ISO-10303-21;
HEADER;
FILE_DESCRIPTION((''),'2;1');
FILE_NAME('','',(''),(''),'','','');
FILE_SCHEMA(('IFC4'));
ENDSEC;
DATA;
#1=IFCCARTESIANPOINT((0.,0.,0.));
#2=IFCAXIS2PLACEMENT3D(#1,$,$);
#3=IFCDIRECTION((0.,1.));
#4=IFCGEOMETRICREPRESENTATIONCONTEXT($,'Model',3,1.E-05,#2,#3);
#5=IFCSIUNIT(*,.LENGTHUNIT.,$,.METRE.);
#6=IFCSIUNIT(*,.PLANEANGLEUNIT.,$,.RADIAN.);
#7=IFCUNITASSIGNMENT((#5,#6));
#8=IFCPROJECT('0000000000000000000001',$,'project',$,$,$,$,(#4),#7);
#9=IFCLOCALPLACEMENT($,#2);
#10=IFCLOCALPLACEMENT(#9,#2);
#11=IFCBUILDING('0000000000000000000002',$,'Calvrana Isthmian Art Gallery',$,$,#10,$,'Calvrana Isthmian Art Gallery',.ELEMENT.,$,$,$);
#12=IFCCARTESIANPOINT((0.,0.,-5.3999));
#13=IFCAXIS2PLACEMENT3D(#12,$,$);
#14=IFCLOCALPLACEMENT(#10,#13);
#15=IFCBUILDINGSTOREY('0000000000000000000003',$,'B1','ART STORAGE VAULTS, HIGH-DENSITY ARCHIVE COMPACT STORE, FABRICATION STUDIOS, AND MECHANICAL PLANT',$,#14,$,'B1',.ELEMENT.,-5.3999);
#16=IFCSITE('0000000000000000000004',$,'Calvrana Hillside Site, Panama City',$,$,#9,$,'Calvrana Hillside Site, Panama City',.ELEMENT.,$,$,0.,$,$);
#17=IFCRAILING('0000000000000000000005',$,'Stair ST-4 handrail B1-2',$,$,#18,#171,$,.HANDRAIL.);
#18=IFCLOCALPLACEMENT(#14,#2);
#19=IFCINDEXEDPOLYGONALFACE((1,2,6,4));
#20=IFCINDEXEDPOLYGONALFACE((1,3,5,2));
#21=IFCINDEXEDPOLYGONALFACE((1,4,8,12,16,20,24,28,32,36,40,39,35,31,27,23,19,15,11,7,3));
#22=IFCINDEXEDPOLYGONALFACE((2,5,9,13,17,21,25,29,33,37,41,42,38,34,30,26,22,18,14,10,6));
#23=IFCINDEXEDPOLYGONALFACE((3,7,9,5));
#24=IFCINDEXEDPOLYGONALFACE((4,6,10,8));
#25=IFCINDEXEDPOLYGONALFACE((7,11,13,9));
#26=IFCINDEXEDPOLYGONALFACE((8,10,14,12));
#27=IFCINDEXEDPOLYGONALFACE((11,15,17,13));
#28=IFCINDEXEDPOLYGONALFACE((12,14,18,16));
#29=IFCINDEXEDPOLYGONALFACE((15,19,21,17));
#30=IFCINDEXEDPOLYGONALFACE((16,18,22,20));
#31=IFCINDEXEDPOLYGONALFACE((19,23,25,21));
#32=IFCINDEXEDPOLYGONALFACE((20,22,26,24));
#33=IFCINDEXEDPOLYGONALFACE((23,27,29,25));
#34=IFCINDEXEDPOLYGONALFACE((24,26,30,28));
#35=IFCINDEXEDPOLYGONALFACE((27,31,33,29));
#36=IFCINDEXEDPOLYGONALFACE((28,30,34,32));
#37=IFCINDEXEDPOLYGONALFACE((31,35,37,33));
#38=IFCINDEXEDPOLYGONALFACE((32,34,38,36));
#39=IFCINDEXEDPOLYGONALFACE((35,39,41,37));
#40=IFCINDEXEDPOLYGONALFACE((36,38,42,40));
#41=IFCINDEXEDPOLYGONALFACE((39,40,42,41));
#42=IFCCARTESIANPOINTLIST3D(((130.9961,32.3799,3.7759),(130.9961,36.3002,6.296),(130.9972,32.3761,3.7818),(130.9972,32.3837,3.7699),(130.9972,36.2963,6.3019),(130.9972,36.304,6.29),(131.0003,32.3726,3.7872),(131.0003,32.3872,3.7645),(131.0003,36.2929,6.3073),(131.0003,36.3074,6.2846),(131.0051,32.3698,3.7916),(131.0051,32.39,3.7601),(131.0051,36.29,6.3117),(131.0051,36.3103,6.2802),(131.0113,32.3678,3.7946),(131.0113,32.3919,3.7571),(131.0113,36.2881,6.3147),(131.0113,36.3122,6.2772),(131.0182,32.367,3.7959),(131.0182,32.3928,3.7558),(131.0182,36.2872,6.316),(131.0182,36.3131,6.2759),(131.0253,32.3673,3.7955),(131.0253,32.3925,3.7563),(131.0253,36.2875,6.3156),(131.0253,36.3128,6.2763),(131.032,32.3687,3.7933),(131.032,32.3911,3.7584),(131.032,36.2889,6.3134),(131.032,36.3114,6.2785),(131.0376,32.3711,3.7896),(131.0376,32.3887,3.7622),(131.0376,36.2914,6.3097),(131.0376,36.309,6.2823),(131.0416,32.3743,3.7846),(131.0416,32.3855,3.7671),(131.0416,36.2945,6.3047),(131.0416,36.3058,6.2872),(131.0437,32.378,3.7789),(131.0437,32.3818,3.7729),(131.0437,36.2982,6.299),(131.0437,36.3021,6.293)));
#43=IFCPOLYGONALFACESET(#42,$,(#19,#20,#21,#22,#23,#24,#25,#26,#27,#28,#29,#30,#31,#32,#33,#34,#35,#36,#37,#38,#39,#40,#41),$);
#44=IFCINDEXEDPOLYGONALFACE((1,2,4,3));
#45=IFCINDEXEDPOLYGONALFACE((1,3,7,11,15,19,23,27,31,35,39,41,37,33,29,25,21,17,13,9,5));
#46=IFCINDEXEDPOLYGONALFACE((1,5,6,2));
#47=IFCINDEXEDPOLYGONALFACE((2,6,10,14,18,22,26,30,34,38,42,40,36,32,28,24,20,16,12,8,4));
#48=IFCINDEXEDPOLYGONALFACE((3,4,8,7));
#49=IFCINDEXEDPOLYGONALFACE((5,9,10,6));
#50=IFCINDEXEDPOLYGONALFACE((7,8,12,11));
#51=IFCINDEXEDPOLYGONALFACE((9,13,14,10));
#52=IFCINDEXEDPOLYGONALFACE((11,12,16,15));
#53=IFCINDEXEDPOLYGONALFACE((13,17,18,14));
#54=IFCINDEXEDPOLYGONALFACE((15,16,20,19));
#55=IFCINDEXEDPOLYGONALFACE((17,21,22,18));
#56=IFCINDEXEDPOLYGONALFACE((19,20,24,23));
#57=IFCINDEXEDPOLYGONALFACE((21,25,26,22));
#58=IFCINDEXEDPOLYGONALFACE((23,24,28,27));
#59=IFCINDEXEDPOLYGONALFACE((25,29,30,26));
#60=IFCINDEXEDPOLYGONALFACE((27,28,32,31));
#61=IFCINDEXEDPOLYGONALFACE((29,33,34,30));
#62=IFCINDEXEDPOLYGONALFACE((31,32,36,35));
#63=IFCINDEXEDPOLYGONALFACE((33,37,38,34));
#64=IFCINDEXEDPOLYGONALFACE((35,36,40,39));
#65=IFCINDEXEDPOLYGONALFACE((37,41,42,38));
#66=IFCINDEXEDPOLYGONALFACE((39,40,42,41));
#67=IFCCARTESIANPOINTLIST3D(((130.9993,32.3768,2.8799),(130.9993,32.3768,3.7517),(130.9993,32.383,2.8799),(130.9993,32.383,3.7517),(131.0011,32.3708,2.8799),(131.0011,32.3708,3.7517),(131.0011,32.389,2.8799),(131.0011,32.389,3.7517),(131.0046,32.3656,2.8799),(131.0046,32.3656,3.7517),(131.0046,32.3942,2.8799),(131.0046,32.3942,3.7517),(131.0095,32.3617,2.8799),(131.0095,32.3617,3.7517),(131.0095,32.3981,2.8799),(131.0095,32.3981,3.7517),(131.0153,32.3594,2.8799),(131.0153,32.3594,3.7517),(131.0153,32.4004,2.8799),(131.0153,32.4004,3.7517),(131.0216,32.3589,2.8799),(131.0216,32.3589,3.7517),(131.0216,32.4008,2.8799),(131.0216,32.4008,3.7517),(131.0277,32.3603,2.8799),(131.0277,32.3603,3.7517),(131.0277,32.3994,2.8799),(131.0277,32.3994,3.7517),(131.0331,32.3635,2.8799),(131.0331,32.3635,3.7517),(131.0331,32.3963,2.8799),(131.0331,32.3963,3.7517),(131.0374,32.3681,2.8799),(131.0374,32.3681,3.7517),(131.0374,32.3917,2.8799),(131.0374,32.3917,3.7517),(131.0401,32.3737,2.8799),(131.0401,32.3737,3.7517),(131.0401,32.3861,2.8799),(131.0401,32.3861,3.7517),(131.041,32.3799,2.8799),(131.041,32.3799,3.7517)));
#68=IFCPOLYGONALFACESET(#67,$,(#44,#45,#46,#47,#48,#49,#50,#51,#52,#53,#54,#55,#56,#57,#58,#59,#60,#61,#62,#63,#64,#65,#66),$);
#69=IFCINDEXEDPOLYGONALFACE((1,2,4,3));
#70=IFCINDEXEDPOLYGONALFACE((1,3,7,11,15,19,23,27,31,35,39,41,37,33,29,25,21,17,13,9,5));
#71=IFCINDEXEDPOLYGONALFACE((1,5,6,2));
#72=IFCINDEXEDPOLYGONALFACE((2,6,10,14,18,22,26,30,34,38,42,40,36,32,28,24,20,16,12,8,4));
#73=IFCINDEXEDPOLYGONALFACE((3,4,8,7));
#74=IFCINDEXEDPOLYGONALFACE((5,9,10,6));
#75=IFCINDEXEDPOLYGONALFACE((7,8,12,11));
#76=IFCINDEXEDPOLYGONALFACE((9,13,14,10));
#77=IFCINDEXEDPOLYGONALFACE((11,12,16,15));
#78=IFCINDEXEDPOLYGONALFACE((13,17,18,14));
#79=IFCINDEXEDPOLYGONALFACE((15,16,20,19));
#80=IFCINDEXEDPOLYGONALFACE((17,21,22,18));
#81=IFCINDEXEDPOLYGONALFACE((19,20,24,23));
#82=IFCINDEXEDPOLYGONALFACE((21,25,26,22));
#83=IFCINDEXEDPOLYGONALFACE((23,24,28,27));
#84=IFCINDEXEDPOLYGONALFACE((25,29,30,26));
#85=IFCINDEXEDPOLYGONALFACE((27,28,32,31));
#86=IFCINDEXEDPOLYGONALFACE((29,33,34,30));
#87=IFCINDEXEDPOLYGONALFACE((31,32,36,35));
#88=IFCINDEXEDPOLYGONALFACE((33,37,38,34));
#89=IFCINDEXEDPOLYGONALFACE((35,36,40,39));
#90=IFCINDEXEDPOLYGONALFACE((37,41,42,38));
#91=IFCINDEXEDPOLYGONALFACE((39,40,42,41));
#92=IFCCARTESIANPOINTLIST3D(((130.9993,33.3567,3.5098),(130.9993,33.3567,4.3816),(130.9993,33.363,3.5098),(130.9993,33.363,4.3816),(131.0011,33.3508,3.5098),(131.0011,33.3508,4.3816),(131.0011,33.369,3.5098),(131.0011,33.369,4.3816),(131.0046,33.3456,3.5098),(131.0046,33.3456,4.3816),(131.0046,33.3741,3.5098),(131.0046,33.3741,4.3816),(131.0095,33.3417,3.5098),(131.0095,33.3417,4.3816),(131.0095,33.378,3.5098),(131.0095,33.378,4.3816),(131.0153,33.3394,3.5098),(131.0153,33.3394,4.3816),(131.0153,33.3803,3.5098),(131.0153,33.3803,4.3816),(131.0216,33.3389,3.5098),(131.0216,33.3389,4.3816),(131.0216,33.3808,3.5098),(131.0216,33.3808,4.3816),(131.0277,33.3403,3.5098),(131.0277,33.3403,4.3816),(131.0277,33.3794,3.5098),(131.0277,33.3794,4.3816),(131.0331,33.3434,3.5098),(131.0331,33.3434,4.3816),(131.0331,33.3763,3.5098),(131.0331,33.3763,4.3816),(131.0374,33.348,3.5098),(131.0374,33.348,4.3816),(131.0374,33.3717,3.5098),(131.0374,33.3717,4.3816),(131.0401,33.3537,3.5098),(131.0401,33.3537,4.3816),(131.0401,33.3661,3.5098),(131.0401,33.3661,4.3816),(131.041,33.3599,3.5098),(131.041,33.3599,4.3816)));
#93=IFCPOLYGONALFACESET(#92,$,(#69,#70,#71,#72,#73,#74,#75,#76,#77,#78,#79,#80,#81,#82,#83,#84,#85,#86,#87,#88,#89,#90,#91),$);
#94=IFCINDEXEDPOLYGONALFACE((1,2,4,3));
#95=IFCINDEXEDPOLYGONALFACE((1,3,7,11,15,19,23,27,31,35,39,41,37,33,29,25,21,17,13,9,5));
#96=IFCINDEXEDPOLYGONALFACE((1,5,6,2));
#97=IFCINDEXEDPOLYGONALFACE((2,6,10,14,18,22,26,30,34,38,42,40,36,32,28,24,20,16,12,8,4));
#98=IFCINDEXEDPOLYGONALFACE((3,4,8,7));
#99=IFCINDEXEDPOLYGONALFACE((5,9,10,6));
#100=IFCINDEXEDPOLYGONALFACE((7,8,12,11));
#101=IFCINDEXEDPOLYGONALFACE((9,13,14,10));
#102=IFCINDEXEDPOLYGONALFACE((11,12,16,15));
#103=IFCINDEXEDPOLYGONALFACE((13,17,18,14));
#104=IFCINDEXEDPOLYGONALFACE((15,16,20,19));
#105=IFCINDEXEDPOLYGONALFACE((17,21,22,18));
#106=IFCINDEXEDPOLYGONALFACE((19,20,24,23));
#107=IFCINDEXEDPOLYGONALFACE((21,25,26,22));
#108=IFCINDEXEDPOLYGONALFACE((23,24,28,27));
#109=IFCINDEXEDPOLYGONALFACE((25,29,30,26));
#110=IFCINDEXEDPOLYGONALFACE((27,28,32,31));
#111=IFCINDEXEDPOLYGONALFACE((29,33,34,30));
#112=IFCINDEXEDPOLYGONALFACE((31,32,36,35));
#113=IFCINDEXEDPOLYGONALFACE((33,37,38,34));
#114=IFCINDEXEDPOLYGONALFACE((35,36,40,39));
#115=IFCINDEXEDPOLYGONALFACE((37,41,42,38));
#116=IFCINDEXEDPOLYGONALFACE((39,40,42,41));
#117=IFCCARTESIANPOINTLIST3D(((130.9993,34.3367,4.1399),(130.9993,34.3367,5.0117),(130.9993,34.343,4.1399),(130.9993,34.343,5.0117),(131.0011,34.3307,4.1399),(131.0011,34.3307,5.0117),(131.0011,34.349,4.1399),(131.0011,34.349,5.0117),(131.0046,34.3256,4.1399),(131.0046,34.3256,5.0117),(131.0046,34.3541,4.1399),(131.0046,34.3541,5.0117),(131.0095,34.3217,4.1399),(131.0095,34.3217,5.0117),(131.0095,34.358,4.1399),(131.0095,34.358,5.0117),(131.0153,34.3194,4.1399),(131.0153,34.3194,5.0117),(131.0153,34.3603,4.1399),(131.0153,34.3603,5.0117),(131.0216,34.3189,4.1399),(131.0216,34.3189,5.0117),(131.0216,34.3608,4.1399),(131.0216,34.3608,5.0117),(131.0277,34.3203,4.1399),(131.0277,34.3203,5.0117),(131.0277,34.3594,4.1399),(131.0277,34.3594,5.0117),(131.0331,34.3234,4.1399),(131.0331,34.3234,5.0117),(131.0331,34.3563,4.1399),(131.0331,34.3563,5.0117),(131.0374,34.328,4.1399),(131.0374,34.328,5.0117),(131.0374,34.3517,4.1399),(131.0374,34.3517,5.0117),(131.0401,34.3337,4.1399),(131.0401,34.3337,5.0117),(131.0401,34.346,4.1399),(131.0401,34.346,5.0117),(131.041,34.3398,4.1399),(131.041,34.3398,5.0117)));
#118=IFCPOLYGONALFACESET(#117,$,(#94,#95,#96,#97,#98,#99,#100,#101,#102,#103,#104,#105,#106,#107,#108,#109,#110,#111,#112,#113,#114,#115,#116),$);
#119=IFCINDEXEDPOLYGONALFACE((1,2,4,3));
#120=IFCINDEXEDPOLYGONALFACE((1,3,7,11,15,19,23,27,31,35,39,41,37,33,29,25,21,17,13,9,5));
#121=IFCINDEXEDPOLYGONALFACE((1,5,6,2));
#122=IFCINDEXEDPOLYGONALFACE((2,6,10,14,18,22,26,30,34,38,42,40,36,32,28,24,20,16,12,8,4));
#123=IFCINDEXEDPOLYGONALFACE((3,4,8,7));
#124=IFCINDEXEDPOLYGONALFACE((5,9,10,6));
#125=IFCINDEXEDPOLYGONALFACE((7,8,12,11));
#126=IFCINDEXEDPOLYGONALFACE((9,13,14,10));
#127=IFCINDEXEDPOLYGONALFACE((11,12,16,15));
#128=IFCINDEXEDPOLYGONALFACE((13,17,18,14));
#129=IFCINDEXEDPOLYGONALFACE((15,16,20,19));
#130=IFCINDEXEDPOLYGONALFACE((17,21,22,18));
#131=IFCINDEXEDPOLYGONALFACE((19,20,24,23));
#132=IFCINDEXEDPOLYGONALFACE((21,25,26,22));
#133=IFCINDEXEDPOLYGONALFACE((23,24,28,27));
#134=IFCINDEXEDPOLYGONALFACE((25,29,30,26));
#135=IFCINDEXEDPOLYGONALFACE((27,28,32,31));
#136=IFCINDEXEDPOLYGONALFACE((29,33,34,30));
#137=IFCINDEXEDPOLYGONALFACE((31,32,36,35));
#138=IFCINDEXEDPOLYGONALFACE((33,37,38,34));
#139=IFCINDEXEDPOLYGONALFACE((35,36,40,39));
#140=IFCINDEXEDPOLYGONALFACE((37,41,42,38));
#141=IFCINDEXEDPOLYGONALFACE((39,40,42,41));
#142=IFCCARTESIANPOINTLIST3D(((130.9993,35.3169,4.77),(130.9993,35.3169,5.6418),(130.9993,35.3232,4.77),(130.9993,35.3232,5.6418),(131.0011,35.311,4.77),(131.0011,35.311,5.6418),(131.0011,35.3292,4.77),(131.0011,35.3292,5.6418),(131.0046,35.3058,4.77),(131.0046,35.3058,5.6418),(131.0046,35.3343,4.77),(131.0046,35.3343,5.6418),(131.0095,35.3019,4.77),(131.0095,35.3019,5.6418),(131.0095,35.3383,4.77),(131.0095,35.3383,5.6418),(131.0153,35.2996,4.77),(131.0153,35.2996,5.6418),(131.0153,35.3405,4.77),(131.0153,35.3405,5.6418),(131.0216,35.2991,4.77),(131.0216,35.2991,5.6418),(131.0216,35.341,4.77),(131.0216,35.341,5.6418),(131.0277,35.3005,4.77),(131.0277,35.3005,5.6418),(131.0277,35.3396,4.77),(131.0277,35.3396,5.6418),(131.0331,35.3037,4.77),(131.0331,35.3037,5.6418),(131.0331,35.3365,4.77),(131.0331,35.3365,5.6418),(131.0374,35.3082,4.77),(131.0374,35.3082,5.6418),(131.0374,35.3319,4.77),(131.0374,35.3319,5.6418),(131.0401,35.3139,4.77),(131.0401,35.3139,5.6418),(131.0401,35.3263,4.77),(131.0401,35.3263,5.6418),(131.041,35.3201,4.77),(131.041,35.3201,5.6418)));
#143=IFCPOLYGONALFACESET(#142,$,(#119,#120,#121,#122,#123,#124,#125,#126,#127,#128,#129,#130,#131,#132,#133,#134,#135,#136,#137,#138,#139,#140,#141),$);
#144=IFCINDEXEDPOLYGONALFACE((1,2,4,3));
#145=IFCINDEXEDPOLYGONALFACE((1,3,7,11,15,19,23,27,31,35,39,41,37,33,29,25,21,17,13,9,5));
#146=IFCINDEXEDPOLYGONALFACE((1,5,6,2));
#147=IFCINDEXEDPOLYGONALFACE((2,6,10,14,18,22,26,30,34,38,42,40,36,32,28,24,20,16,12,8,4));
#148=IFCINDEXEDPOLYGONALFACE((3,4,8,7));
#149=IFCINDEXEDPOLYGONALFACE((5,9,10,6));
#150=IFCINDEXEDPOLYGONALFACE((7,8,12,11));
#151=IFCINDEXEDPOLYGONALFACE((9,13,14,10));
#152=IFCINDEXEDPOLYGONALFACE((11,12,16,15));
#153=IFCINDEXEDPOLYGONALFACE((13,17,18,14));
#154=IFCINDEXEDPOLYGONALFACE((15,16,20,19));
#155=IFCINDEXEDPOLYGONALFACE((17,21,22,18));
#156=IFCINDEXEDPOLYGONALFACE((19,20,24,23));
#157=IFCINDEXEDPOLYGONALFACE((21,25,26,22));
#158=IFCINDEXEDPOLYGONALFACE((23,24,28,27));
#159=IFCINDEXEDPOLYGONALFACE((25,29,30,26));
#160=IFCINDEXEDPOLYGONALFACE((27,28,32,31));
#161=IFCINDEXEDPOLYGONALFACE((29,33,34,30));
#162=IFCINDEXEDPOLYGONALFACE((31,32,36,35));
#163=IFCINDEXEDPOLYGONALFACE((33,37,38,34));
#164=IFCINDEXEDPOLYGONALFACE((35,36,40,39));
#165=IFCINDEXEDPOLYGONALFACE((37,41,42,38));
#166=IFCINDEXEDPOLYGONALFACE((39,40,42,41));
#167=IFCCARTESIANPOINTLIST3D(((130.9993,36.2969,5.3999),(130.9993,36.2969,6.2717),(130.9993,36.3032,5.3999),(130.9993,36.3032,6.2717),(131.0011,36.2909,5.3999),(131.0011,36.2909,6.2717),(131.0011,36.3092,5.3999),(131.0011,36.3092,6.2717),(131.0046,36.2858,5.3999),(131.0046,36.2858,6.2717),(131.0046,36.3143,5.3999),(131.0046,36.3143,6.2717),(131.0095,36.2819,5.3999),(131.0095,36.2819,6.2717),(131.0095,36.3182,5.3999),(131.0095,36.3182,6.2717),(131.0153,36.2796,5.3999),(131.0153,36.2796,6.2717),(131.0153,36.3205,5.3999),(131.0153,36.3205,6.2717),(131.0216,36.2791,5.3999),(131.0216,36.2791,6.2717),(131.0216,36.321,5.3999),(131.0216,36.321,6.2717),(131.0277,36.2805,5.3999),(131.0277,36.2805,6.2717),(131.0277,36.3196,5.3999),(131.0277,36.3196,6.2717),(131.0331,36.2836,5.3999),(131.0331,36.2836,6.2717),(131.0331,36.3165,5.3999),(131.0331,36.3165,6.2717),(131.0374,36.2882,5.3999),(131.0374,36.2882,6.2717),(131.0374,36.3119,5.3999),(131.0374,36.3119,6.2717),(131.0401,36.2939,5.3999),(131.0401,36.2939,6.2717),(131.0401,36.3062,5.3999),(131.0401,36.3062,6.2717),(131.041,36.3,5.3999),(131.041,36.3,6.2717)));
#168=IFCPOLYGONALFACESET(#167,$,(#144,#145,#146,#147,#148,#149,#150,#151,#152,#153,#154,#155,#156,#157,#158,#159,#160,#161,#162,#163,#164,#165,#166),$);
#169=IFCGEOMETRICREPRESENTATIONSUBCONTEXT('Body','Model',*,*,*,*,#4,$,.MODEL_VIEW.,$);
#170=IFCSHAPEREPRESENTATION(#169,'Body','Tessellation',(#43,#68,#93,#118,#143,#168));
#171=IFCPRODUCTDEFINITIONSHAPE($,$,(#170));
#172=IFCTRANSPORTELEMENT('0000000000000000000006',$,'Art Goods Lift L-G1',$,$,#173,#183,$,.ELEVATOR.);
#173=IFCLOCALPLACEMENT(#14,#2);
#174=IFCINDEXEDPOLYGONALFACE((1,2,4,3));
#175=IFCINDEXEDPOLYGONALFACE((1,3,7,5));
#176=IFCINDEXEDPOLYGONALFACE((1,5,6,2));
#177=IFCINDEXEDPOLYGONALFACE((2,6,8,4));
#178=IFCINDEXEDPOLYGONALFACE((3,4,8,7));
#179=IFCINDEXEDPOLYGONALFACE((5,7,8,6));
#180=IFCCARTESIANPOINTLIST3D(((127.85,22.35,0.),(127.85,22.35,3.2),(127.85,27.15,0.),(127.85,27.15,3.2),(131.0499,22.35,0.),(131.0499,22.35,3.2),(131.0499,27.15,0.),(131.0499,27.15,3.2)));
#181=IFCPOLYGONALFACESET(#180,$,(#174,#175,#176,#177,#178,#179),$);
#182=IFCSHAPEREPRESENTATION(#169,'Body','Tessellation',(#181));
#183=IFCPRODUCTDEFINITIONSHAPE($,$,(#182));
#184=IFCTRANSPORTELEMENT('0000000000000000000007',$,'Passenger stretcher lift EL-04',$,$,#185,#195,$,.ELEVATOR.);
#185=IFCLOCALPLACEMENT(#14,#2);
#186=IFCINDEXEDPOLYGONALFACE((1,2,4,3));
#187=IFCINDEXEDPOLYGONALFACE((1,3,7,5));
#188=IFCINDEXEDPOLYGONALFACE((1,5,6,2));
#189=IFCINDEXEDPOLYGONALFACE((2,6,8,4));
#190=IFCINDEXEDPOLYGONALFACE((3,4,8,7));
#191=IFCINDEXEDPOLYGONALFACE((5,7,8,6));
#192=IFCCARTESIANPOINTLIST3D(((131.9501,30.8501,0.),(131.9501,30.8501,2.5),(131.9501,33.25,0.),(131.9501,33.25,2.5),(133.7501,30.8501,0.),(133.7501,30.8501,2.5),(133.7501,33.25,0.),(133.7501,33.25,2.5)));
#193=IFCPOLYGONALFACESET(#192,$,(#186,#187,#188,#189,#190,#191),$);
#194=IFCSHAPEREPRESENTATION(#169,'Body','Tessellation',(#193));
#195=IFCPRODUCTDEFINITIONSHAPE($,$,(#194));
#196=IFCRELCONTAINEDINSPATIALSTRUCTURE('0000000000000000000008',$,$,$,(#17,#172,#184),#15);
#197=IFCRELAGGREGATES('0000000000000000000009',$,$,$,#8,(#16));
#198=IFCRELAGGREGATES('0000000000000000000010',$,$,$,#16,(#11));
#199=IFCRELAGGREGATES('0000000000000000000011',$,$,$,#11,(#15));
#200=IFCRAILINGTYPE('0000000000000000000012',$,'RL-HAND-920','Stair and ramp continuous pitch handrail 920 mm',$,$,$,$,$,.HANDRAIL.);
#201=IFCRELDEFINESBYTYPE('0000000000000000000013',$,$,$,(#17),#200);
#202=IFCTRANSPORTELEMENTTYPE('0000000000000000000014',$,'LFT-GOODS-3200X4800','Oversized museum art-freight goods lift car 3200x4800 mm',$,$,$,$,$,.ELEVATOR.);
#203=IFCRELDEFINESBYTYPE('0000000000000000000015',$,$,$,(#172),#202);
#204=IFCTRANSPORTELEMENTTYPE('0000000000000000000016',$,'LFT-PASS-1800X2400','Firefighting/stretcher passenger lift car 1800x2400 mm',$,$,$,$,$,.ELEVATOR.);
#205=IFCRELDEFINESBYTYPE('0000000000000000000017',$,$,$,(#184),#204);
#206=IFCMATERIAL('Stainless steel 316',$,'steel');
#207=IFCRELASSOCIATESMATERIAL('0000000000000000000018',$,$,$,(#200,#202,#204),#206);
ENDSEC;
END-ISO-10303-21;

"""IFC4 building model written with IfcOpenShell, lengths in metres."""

from ifc_helpers import new_model, si_unit, direction, frame, origin, origin_2d, place, context, subcontext, project, spatial, rectangle, circle, extrude, material, type_object, element, save


model = new_model("IFC4")

# Units and contexts
model_context = context("Model", 3, precision=1e-05, world=origin(), true_north=direction((0.0, 1.0)))
body_context = subcontext(model_context, "Body", "Model", "MODEL_VIEW")
ifc_project = project(units=[si_unit("LENGTHUNIT", "METRE"), si_unit("PLANEANGLEUNIT", "RADIAN")], contexts=[model_context])

# Site, building, storey
site_placement = place(None, origin())
site = spatial("IfcSite", under=ifc_project, at=site_placement, Name="Calvrana Hillside Site, Panama City", LongName="Calvrana Hillside Site, Panama City", CompositionType="ELEMENT", RefElevation=0.0)
building_placement = place(site_placement, origin())
building = spatial("IfcBuilding", under=site, at=building_placement, Name="Calvrana Isthmian Art Gallery", LongName="Calvrana Isthmian Art Gallery", CompositionType="ELEMENT")
storey_placement = place(building_placement, frame((0.0, 0.0, -5.3999)))
storey = spatial("IfcBuildingStorey", under=building, at=storey_placement, Name="B1", Description="ART STORAGE VAULTS, HIGH-DENSITY ARCHIVE COMPACT STORE, FABRICATION STUDIOS, AND MECHANICAL PLANT", LongName="B1", CompositionType="ELEMENT", Elevation=-5.3999)

# Shared definitions
ifc_material_1 = material(Name="Stainless steel 316", Category="steel")

# Railing
railing_type_1 = type_object("IfcRailingType", Name="RL-HAND-920", Description="Stair and ramp continuous pitch handrail 920 mm", PredefinedType="HANDRAIL", material=ifc_material_1)
railing_1_placement = place(storey_placement, frame((131.02, 32.3799, 2.8799)))
element("IfcRailing", 1, at=railing_1_placement, inside=storey, type_object=railing_type_1, Name="Stair ST-4 handrail B1-2", PredefinedType="HANDRAIL", context=body_context, shape_type="SweptSolid", body=[
    extrude(circle(Radius=0.0239, at=origin_2d()), frame((0.0, 0.0, 0.896), z_axis=(0.0, 0.841187, 0.540744), x_axis=(-1.0, 0.0, 0.0)), (0.0, 0.0, 1.0), 4.6604),
    extrude(circle(Radius=0.021, at=origin_2d()), origin(), (0.0, 0.0, 1.0), 0.8718),
    extrude(circle(Radius=0.021, at=origin_2d()), frame((0.0, 0.98, 0.6299)), (0.0, 0.0, 1.0), 0.8718),
    extrude(circle(Radius=0.021, at=origin_2d()), frame((0.0, 1.96, 1.26)), (0.0, 0.0, 1.0), 0.8718),
    extrude(circle(Radius=0.021, at=origin_2d()), frame((0.0, 2.9402, 1.8901)), (0.0, 0.0, 1.0), 0.8718),
    extrude(circle(Radius=0.021, at=origin_2d()), frame((0.0, 3.9202, 2.52)), (0.0, 0.0, 1.0), 0.8718),
])

# Transport elements
transport_element_type_1 = type_object("IfcTransportElementType", Name="LFT-GOODS-3200X4800", Description="Oversized museum art-freight goods lift car 3200x4800 mm", PredefinedType="ELEVATOR", material=ifc_material_1)
transport_element_1_placement = place(storey_placement, frame((129.45, 24.75, 0.0), z_axis=(0.0, 0.0, 1.0), x_axis=(1.0, 0.0, 0.0)))
element("IfcTransportElement", 2, at=transport_element_1_placement, inside=storey, type_object=transport_element_type_1, Name="Art Goods Lift L-G1", PredefinedType="ELEVATOR", context=body_context, shape_type="SweptSolid", body=[
    extrude(rectangle(XDim=3.2, YDim=4.8, at=origin_2d()), origin(), (0.0, 0.0, 1.0), 3.2),
])
transport_element_type_2 = type_object("IfcTransportElementType", Name="LFT-PASS-1800X2400", Description="Firefighting/stretcher passenger lift car 1800x2400 mm", PredefinedType="ELEVATOR", material=ifc_material_1)
transport_element_2_placement = place(storey_placement, frame((132.8501, 32.05, 0.0), z_axis=(0.0, 0.0, 1.0), x_axis=(1.0, 0.0, 0.0)))
element("IfcTransportElement", 3, at=transport_element_2_placement, inside=storey, type_object=transport_element_type_2, Name="Passenger stretcher lift EL-04", PredefinedType="ELEVATOR", context=body_context, shape_type="SweptSolid", body=[
    extrude(rectangle(XDim=1.8, YDim=2.3999, at=origin_2d()), origin(), (0.0, 0.0, 1.0), 2.5),
])

save(model, "model.ifc")
